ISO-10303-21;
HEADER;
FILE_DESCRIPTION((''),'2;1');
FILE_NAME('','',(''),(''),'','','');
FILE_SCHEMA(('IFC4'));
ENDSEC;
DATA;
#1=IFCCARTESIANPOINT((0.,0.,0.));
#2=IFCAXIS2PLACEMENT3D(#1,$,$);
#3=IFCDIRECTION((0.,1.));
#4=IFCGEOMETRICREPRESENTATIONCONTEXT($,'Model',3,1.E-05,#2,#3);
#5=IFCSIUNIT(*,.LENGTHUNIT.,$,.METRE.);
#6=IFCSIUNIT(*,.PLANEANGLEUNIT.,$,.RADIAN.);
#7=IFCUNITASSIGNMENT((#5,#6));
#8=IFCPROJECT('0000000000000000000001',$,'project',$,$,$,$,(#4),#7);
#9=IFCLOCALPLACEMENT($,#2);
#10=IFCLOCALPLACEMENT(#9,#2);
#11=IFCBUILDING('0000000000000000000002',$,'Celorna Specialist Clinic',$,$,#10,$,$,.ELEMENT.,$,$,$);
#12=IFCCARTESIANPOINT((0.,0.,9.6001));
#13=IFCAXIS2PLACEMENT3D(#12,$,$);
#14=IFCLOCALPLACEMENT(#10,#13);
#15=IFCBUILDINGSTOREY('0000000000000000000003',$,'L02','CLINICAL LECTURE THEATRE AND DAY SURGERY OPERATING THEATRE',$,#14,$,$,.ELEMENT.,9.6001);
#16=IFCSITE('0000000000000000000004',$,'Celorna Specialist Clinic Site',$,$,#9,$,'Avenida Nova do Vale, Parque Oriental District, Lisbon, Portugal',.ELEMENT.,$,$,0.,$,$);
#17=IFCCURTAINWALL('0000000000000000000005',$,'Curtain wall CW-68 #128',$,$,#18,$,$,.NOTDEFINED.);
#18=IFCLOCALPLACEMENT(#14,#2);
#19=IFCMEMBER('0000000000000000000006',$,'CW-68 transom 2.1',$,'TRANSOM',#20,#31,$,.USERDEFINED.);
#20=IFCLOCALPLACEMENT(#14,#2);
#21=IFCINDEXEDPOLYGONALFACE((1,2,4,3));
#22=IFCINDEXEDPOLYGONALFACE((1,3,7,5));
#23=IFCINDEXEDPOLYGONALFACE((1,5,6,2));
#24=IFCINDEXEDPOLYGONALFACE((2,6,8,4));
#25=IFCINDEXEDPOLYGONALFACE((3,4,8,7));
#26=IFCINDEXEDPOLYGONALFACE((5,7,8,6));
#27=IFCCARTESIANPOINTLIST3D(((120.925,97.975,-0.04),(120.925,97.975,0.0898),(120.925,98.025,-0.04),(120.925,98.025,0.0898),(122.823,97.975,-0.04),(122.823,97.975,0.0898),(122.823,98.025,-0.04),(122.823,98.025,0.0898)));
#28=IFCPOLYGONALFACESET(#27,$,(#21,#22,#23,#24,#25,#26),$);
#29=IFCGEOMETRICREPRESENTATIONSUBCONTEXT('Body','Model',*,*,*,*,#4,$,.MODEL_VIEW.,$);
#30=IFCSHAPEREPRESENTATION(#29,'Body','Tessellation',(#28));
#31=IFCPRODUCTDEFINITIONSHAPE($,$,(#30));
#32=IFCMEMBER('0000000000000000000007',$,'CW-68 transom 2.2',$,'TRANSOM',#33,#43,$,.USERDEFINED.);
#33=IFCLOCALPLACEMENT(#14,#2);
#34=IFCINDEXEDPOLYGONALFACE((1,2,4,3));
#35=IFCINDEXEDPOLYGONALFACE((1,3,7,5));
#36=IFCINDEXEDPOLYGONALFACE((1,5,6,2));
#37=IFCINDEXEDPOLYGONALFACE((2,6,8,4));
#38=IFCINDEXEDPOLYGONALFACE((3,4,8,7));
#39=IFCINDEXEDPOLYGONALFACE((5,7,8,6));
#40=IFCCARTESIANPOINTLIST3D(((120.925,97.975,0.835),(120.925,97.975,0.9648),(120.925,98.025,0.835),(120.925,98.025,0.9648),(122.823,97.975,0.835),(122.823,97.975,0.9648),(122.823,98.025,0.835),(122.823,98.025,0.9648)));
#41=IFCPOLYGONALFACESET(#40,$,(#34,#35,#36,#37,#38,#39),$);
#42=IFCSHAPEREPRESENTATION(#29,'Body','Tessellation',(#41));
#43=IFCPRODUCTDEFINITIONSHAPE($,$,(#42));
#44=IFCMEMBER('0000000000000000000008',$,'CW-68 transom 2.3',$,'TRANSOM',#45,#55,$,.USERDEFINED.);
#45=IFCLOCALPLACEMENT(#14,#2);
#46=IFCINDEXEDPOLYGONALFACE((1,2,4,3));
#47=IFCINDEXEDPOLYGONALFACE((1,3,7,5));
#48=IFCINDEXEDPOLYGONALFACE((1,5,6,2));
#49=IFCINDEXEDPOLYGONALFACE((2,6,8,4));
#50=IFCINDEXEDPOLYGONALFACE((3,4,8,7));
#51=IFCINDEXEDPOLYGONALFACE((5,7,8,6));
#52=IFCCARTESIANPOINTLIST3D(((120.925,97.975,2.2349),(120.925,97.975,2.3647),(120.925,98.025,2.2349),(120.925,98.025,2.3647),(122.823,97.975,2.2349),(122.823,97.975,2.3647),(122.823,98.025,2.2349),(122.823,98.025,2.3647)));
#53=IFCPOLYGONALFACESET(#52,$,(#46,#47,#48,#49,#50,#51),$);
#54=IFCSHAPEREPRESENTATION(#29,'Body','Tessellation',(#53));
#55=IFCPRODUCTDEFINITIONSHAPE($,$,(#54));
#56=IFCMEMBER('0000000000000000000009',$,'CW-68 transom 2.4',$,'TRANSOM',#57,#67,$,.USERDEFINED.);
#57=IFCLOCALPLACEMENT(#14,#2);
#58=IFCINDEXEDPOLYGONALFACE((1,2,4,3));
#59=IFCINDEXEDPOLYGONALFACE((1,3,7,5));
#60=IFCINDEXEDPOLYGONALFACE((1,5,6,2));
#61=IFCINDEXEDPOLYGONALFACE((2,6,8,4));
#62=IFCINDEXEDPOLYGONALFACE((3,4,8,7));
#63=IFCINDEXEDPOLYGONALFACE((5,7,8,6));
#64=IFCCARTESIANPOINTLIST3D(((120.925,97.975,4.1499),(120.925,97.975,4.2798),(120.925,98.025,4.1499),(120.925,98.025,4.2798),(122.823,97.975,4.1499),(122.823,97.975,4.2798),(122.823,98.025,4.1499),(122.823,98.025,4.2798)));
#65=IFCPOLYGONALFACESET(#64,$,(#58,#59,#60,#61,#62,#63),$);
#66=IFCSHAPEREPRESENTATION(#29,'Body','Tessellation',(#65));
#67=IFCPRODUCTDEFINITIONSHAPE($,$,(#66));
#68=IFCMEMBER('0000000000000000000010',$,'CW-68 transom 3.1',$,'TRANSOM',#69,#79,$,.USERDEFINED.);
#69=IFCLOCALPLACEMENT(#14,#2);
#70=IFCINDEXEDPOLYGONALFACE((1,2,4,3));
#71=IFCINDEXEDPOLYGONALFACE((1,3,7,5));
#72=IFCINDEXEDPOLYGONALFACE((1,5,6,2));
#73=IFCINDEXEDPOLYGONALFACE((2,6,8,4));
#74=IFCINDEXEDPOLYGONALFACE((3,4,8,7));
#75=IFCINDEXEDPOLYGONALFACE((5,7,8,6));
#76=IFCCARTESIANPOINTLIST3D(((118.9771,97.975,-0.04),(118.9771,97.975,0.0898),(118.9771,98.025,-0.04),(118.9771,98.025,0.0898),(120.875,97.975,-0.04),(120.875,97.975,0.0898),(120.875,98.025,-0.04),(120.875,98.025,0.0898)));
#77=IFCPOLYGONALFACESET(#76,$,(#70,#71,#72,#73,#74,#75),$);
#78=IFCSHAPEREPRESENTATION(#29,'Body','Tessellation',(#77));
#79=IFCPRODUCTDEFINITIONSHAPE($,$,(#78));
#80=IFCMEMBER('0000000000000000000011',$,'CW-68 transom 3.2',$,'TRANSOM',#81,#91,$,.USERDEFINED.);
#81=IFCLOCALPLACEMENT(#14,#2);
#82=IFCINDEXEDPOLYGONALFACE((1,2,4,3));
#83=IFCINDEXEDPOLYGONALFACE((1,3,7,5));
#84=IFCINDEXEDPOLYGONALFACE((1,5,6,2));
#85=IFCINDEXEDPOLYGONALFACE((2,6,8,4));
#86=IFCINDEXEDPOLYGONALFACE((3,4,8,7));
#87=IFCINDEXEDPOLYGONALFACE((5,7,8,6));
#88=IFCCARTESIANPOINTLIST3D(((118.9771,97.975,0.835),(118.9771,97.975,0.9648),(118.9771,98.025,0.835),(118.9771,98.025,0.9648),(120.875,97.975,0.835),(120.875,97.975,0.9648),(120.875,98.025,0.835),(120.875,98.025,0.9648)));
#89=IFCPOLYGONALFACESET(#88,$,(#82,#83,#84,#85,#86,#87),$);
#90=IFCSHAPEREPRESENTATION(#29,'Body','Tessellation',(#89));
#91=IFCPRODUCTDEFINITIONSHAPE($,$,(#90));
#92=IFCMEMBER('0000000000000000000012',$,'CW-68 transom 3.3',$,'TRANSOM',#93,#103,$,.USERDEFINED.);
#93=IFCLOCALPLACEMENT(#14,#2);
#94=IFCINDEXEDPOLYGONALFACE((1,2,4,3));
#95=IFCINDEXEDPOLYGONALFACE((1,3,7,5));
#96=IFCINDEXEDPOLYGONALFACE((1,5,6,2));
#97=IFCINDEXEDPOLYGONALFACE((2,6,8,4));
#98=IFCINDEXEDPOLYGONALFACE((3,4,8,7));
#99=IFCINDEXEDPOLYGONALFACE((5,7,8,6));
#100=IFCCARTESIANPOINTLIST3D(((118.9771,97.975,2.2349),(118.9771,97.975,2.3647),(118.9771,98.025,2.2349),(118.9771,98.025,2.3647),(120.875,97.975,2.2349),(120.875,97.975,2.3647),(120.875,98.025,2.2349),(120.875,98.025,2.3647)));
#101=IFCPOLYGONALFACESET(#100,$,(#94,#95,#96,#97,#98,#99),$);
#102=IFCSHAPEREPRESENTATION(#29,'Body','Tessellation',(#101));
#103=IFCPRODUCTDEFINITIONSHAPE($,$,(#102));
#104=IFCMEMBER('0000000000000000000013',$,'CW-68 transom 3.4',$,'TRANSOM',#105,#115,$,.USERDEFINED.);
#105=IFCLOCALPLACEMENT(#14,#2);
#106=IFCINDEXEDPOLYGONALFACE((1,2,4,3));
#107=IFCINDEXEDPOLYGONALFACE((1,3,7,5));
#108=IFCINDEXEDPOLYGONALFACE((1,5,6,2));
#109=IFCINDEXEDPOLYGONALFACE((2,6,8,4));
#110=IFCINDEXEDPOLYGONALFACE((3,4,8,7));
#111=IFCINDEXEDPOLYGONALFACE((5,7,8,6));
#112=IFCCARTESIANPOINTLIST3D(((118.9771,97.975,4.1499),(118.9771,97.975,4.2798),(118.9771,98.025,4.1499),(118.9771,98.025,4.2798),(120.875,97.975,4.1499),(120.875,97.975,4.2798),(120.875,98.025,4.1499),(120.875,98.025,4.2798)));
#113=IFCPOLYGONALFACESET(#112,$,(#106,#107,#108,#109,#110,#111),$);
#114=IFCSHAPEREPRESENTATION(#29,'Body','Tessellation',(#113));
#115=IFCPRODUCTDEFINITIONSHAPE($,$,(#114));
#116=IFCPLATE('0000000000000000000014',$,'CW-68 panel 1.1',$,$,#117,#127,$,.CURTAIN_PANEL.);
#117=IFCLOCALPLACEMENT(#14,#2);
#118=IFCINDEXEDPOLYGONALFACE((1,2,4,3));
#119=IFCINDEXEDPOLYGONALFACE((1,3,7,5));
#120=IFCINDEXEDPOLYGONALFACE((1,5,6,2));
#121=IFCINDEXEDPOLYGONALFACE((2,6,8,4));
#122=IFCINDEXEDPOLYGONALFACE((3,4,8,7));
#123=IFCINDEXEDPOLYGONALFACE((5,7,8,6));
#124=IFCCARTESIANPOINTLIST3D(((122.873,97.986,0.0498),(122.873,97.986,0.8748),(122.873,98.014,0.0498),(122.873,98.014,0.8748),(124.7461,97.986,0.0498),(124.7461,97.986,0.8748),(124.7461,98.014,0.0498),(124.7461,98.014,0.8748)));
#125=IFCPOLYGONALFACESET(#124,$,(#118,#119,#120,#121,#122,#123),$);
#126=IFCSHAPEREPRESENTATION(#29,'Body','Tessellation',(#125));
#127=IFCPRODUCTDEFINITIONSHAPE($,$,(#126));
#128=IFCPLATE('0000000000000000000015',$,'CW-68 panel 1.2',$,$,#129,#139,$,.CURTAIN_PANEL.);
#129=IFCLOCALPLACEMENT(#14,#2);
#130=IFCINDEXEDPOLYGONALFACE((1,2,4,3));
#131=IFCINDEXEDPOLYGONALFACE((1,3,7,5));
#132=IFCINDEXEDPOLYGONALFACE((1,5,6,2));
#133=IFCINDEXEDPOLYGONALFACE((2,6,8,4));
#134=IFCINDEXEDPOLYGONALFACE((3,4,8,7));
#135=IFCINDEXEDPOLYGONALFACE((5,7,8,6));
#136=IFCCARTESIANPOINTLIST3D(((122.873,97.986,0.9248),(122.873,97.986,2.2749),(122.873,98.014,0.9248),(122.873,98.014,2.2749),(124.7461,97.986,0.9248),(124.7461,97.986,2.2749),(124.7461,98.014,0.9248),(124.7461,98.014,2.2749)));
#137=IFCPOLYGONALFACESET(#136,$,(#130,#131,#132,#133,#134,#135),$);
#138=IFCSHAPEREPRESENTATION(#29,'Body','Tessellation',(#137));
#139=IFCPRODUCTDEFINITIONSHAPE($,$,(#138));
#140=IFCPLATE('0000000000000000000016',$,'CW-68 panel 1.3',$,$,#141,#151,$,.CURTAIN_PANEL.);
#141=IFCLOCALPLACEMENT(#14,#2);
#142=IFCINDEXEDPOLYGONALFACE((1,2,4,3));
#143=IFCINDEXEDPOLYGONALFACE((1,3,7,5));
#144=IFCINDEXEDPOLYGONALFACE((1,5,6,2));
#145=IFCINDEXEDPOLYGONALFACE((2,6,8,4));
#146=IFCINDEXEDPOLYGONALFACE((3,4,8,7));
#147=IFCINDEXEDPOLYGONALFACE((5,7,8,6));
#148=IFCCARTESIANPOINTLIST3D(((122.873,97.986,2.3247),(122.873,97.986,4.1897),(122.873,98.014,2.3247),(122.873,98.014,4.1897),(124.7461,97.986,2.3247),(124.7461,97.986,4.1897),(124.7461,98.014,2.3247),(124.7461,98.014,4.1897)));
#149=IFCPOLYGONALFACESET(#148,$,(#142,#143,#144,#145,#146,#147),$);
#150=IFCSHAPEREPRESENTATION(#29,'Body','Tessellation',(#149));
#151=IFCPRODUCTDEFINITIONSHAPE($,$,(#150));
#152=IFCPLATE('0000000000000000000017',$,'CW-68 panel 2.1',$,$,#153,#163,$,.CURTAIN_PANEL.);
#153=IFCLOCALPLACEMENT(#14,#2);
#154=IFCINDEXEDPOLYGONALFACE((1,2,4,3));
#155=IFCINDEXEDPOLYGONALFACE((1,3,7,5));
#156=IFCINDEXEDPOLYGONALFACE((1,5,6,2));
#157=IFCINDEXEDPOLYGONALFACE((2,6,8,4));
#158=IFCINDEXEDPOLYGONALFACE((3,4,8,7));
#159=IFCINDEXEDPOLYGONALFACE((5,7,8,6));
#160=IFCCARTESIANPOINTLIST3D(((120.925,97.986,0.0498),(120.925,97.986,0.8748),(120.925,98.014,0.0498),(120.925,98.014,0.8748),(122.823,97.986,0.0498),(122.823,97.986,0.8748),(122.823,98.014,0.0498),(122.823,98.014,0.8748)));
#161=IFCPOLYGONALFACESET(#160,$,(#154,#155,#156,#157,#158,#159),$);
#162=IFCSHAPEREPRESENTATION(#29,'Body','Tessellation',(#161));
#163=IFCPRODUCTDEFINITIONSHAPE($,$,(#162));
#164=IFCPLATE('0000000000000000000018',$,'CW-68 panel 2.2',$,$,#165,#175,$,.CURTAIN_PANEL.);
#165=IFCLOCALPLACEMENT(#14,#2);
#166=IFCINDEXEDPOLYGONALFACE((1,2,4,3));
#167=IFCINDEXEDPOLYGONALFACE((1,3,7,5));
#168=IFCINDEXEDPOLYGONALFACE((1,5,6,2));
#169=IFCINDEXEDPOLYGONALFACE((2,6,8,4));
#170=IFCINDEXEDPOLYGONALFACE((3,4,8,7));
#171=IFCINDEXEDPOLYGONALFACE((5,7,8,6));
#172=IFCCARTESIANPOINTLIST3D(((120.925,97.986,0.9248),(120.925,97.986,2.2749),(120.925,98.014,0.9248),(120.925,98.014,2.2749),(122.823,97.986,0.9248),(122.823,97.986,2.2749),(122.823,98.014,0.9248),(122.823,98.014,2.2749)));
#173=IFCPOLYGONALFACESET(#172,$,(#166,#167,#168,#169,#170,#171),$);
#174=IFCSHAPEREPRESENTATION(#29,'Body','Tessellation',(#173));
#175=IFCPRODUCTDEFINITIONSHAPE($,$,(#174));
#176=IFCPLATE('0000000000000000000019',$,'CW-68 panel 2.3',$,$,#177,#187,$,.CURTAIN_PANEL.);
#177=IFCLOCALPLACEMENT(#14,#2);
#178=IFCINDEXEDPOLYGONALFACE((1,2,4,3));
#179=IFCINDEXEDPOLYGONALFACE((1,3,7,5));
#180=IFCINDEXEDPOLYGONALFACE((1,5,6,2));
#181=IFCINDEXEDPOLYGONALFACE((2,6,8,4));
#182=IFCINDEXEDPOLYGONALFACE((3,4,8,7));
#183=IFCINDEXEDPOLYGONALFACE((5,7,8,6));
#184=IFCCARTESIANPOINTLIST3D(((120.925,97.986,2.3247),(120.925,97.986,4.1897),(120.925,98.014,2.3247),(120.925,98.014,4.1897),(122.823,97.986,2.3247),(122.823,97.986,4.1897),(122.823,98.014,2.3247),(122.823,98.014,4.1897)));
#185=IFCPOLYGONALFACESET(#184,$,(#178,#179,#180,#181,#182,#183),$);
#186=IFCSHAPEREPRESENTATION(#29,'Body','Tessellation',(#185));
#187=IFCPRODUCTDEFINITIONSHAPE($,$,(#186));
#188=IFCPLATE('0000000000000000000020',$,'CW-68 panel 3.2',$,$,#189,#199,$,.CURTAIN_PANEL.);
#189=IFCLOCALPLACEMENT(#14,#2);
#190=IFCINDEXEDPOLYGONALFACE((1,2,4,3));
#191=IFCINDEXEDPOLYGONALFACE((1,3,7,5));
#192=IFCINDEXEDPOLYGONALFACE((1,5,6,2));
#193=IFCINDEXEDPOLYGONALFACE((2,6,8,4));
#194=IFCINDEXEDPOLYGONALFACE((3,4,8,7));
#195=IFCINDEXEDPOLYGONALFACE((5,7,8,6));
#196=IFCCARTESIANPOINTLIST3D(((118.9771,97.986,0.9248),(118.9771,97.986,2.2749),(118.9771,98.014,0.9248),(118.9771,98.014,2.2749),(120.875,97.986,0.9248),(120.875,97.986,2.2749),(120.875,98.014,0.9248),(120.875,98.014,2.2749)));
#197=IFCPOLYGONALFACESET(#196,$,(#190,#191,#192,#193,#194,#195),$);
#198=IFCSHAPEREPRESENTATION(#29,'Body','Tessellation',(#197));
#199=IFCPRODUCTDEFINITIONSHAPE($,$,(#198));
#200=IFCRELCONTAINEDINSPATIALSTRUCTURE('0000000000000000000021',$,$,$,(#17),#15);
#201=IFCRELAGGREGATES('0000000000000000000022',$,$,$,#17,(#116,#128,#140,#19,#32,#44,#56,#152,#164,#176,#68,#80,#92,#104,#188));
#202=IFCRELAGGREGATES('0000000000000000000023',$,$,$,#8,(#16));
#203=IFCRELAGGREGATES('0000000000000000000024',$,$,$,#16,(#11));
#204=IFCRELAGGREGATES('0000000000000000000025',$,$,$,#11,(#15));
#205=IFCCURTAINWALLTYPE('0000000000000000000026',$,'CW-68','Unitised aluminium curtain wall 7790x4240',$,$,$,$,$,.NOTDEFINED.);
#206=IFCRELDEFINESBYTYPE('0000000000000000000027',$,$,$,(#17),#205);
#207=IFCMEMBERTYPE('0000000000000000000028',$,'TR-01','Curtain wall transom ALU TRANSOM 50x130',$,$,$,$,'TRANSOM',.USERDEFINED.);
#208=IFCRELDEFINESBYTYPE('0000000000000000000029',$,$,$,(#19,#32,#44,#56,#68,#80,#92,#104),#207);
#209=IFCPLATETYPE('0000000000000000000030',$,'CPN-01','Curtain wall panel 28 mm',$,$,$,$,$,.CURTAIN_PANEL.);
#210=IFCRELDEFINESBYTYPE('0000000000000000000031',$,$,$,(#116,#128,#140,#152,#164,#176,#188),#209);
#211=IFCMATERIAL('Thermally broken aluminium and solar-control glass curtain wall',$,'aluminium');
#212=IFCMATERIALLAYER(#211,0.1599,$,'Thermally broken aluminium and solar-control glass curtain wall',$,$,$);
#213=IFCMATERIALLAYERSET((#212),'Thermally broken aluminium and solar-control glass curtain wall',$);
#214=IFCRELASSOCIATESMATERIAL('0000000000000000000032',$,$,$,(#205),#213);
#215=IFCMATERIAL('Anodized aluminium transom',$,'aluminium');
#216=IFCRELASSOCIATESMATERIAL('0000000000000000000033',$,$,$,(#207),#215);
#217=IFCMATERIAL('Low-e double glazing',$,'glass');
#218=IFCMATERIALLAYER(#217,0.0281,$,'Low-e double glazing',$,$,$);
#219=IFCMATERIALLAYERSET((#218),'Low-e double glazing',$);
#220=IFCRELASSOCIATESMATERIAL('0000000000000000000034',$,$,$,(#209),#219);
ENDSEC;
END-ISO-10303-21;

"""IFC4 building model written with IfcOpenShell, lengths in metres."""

from ifc_helpers import new_model, si_unit, direction, frame, origin, origin_2d, place, context, subcontext, project, spatial, rectangle, extrude, material, layer, layer_set, material_profile, profile_set, type_object, element, aggregate, save


model = new_model("IFC4")

# Units and contexts
model_context = context("Model", 3, precision=1e-05, world=origin(), true_north=direction((0.0, 1.0)))
body_context = subcontext(model_context, "Body", "Model", "MODEL_VIEW")
ifc_project = project(units=[si_unit("LENGTHUNIT", "METRE"), si_unit("PLANEANGLEUNIT", "RADIAN")], contexts=[model_context])

# Site, building, storey
site_placement = place(None, origin())
site = spatial("IfcSite", under=ifc_project, at=site_placement, Name="Celorna Specialist Clinic Site", LongName="Avenida Nova do Vale, Parque Oriental District, Lisbon, Portugal", CompositionType="ELEMENT", RefElevation=0.0)
building_placement = place(site_placement, origin())
building = spatial("IfcBuilding", under=site, at=building_placement, Name="Celorna Specialist Clinic", CompositionType="ELEMENT")
storey_placement = place(building_placement, frame((0.0, 0.0, 9.6001)))
storey = spatial("IfcBuildingStorey", under=building, at=storey_placement, Name="L02", Description="CLINICAL LECTURE THEATRE AND DAY SURGERY OPERATING THEATRE", CompositionType="ELEMENT", Elevation=9.6001)

# Curtain wall, members, plates
ifc_material_1 = material(Name="Thermally broken aluminium and solar-control glass curtain wall", Category="aluminium")
ifc_layer_1 = layer(ifc_material_1, 0.1599, Name="Thermally broken aluminium and solar-control glass curtain wall")
ifc_layer_set_1 = layer_set([ifc_layer_1], Name="Thermally broken aluminium and solar-control glass curtain wall")
curtain_wall_type = type_object("IfcCurtainWallType", Name="CW-68", Description="Unitised aluminium curtain wall 7790x4240", PredefinedType="NOTDEFINED", material=ifc_layer_set_1)
curtain_wall_placement = place(storey_placement, origin())
curtain_wall = element("IfcCurtainWall", 1, at=curtain_wall_placement, inside=storey, type_object=curtain_wall_type, Name="Curtain wall CW-68 #128", PredefinedType="NOTDEFINED")
ifc_material_2 = material(Name="Anodized aluminium transom", Category="aluminium")
ifc_material_profile_1 = material_profile(ifc_material_2, rectangle(XDim=0.05, YDim=0.1299, at=origin_2d()), Name="ALU TRANSOM 50x130")
ifc_profile_set_1 = profile_set([ifc_material_profile_1], Name="Anodized aluminium transom")
member_type_1 = type_object("IfcMemberType", Name="TR-01", Description="Curtain wall transom ALU TRANSOM 50x130", ElementType="TRANSOM", PredefinedType="USERDEFINED", material=ifc_profile_set_1)
member_1_placement = place(storey_placement, frame((122.823, 98.0, 0.0249), z_axis=(-1.0, 0.0, 0.0), x_axis=(0.0, -1.0, 0.0)))
member_1 = element("IfcMember", 2, at=member_1_placement, type_object=member_type_1, Name="CW-68 transom 2.1", ObjectType="TRANSOM", PredefinedType="USERDEFINED", context=body_context, shape_type="SweptSolid", body=[
    extrude(rectangle(XDim=0.05, YDim=0.1299, at=origin_2d()), origin(), (0.0, 0.0, 1.0), 1.8979),
])
member_2_placement = place(storey_placement, frame((122.823, 98.0, 0.8999), z_axis=(-1.0, 0.0, 0.0), x_axis=(0.0, -1.0, 0.0)))
member_2 = element("IfcMember", 3, at=member_2_placement, type_object=member_type_1, Name="CW-68 transom 2.2", ObjectType="TRANSOM", PredefinedType="USERDEFINED", context=body_context, shape_type="SweptSolid", body=[
    extrude(rectangle(XDim=0.05, YDim=0.1299, at=origin_2d()), origin(), (0.0, 0.0, 1.0), 1.8979),
])
member_3_placement = place(storey_placement, frame((122.823, 98.0, 2.2998), z_axis=(-1.0, 0.0, 0.0), x_axis=(0.0, -1.0, 0.0)))
member_3 = element("IfcMember", 4, at=member_3_placement, type_object=member_type_1, Name="CW-68 transom 2.3", ObjectType="TRANSOM", PredefinedType="USERDEFINED", context=body_context, shape_type="SweptSolid", body=[
    extrude(rectangle(XDim=0.05, YDim=0.1299, at=origin_2d()), origin(), (0.0, 0.0, 1.0), 1.8979),
])
member_4_placement = place(storey_placement, frame((122.823, 98.0, 4.2148), z_axis=(-1.0, 0.0, 0.0), x_axis=(0.0, -1.0, 0.0)))
member_4 = element("IfcMember", 5, at=member_4_placement, type_object=member_type_1, Name="CW-68 transom 2.4", ObjectType="TRANSOM", PredefinedType="USERDEFINED", context=body_context, shape_type="SweptSolid", body=[
    extrude(rectangle(XDim=0.05, YDim=0.1299, at=origin_2d()), origin(), (0.0, 0.0, 1.0), 1.8979),
])
member_5_placement = place(storey_placement, frame((120.875, 98.0, 0.0249), z_axis=(-1.0, 0.0, 0.0), x_axis=(0.0, -1.0, 0.0)))
member_5 = element("IfcMember", 6, at=member_5_placement, type_object=member_type_1, Name="CW-68 transom 3.1", ObjectType="TRANSOM", PredefinedType="USERDEFINED", context=body_context, shape_type="SweptSolid", body=[
    extrude(rectangle(XDim=0.05, YDim=0.1299, at=origin_2d()), origin(), (0.0, 0.0, 1.0), 1.8979),
])
member_6_placement = place(storey_placement, frame((120.875, 98.0, 0.8999), z_axis=(-1.0, 0.0, 0.0), x_axis=(0.0, -1.0, 0.0)))
member_6 = element("IfcMember", 7, at=member_6_placement, type_object=member_type_1, Name="CW-68 transom 3.2", ObjectType="TRANSOM", PredefinedType="USERDEFINED", context=body_context, shape_type="SweptSolid", body=[
    extrude(rectangle(XDim=0.05, YDim=0.1299, at=origin_2d()), origin(), (0.0, 0.0, 1.0), 1.8979),
])
member_7_placement = place(storey_placement, frame((120.875, 98.0, 2.2998), z_axis=(-1.0, 0.0, 0.0), x_axis=(0.0, -1.0, 0.0)))
member_7 = element("IfcMember", 8, at=member_7_placement, type_object=member_type_1, Name="CW-68 transom 3.3", ObjectType="TRANSOM", PredefinedType="USERDEFINED", context=body_context, shape_type="SweptSolid", body=[
    extrude(rectangle(XDim=0.05, YDim=0.1299, at=origin_2d()), origin(), (0.0, 0.0, 1.0), 1.8979),
])
member_8_placement = place(storey_placement, frame((120.875, 98.0, 4.2148), z_axis=(-1.0, 0.0, 0.0), x_axis=(0.0, -1.0, 0.0)))
member_8 = element("IfcMember", 9, at=member_8_placement, type_object=member_type_1, Name="CW-68 transom 3.4", ObjectType="TRANSOM", PredefinedType="USERDEFINED", context=body_context, shape_type="SweptSolid", body=[
    extrude(rectangle(XDim=0.05, YDim=0.1299, at=origin_2d()), origin(), (0.0, 0.0, 1.0), 1.8979),
])
ifc_material_3 = material(Name="Low-e double glazing", Category="glass")
ifc_layer_2 = layer(ifc_material_3, 0.0281, Name="Low-e double glazing")
ifc_layer_set_2 = layer_set([ifc_layer_2], Name="Low-e double glazing")
plate_type = type_object("IfcPlateType", Name="CPN-01", Description="Curtain wall panel 28 mm", PredefinedType="CURTAIN_PANEL", material=ifc_layer_set_2)
plate_1_placement = place(storey_placement, frame((123.8096, 98.0, 0.0498), z_axis=(0.0, 0.0, 1.0), x_axis=(-1.0, 0.0, 0.0)))
plate_1 = element("IfcPlate", 10, at=plate_1_placement, type_object=plate_type, Name="CW-68 panel 1.1", PredefinedType="CURTAIN_PANEL", context=body_context, shape_type="SweptSolid", body=[
    extrude(rectangle(XDim=1.873, YDim=0.0281, at=origin_2d()), origin(), (0.0, 0.0, 1.0), 0.825),
])
plate_2_placement = place(storey_placement, frame((123.8096, 98.0, 0.9248), z_axis=(0.0, 0.0, 1.0), x_axis=(-1.0, 0.0, 0.0)))
plate_2 = element("IfcPlate", 11, at=plate_2_placement, type_object=plate_type, Name="CW-68 panel 1.2", PredefinedType="CURTAIN_PANEL", context=body_context, shape_type="SweptSolid", body=[
    extrude(rectangle(XDim=1.873, YDim=0.0281, at=origin_2d()), origin(), (0.0, 0.0, 1.0), 1.3501),
])
plate_3_placement = place(storey_placement, frame((123.8096, 98.0, 2.3247), z_axis=(0.0, 0.0, 1.0), x_axis=(-1.0, 0.0, 0.0)))
plate_3 = element("IfcPlate", 12, at=plate_3_placement, type_object=plate_type, Name="CW-68 panel 1.3", PredefinedType="CURTAIN_PANEL", context=body_context, shape_type="SweptSolid", body=[
    extrude(rectangle(XDim=1.873, YDim=0.0281, at=origin_2d()), origin(), (0.0, 0.0, 1.0), 1.865),
])
plate_4_placement = place(storey_placement, frame((121.874, 98.0, 0.0498), z_axis=(0.0, 0.0, 1.0), x_axis=(-1.0, 0.0, 0.0)))
plate_4 = element("IfcPlate", 13, at=plate_4_placement, type_object=plate_type, Name="CW-68 panel 2.1", PredefinedType="CURTAIN_PANEL", context=body_context, shape_type="SweptSolid", body=[
    extrude(rectangle(XDim=1.8979, YDim=0.0281, at=origin_2d()), origin(), (0.0, 0.0, 1.0), 0.825),
])
plate_5_placement = place(storey_placement, frame((121.874, 98.0, 0.9248), z_axis=(0.0, 0.0, 1.0), x_axis=(-1.0, 0.0, 0.0)))
plate_5 = element("IfcPlate", 14, at=plate_5_placement, type_object=plate_type, Name="CW-68 panel 2.2", PredefinedType="CURTAIN_PANEL", context=body_context, shape_type="SweptSolid", body=[
    extrude(rectangle(XDim=1.8979, YDim=0.0281, at=origin_2d()), origin(), (0.0, 0.0, 1.0), 1.3501),
])
plate_6_placement = place(storey_placement, frame((121.874, 98.0, 2.3247), z_axis=(0.0, 0.0, 1.0), x_axis=(-1.0, 0.0, 0.0)))
plate_6 = element("IfcPlate", 15, at=plate_6_placement, type_object=plate_type, Name="CW-68 panel 2.3", PredefinedType="CURTAIN_PANEL", context=body_context, shape_type="SweptSolid", body=[
    extrude(rectangle(XDim=1.8979, YDim=0.0281, at=origin_2d()), origin(), (0.0, 0.0, 1.0), 1.865),
])
plate_7_placement = place(storey_placement, frame((119.926, 98.0, 0.9248), z_axis=(0.0, 0.0, 1.0), x_axis=(-1.0, 0.0, 0.0)))
plate_7 = element("IfcPlate", 16, at=plate_7_placement, type_object=plate_type, Name="CW-68 panel 3.2", PredefinedType="CURTAIN_PANEL", context=body_context, shape_type="SweptSolid", body=[
    extrude(rectangle(XDim=1.8979, YDim=0.0281, at=origin_2d()), origin(), (0.0, 0.0, 1.0), 1.3501),
])
aggregate(curtain_wall, [plate_1, plate_2, plate_3, member_1, member_2, member_3, member_4, plate_4, plate_5, plate_6, member_5, member_6, member_7, member_8, plate_7])

save(model, "model.ifc")
